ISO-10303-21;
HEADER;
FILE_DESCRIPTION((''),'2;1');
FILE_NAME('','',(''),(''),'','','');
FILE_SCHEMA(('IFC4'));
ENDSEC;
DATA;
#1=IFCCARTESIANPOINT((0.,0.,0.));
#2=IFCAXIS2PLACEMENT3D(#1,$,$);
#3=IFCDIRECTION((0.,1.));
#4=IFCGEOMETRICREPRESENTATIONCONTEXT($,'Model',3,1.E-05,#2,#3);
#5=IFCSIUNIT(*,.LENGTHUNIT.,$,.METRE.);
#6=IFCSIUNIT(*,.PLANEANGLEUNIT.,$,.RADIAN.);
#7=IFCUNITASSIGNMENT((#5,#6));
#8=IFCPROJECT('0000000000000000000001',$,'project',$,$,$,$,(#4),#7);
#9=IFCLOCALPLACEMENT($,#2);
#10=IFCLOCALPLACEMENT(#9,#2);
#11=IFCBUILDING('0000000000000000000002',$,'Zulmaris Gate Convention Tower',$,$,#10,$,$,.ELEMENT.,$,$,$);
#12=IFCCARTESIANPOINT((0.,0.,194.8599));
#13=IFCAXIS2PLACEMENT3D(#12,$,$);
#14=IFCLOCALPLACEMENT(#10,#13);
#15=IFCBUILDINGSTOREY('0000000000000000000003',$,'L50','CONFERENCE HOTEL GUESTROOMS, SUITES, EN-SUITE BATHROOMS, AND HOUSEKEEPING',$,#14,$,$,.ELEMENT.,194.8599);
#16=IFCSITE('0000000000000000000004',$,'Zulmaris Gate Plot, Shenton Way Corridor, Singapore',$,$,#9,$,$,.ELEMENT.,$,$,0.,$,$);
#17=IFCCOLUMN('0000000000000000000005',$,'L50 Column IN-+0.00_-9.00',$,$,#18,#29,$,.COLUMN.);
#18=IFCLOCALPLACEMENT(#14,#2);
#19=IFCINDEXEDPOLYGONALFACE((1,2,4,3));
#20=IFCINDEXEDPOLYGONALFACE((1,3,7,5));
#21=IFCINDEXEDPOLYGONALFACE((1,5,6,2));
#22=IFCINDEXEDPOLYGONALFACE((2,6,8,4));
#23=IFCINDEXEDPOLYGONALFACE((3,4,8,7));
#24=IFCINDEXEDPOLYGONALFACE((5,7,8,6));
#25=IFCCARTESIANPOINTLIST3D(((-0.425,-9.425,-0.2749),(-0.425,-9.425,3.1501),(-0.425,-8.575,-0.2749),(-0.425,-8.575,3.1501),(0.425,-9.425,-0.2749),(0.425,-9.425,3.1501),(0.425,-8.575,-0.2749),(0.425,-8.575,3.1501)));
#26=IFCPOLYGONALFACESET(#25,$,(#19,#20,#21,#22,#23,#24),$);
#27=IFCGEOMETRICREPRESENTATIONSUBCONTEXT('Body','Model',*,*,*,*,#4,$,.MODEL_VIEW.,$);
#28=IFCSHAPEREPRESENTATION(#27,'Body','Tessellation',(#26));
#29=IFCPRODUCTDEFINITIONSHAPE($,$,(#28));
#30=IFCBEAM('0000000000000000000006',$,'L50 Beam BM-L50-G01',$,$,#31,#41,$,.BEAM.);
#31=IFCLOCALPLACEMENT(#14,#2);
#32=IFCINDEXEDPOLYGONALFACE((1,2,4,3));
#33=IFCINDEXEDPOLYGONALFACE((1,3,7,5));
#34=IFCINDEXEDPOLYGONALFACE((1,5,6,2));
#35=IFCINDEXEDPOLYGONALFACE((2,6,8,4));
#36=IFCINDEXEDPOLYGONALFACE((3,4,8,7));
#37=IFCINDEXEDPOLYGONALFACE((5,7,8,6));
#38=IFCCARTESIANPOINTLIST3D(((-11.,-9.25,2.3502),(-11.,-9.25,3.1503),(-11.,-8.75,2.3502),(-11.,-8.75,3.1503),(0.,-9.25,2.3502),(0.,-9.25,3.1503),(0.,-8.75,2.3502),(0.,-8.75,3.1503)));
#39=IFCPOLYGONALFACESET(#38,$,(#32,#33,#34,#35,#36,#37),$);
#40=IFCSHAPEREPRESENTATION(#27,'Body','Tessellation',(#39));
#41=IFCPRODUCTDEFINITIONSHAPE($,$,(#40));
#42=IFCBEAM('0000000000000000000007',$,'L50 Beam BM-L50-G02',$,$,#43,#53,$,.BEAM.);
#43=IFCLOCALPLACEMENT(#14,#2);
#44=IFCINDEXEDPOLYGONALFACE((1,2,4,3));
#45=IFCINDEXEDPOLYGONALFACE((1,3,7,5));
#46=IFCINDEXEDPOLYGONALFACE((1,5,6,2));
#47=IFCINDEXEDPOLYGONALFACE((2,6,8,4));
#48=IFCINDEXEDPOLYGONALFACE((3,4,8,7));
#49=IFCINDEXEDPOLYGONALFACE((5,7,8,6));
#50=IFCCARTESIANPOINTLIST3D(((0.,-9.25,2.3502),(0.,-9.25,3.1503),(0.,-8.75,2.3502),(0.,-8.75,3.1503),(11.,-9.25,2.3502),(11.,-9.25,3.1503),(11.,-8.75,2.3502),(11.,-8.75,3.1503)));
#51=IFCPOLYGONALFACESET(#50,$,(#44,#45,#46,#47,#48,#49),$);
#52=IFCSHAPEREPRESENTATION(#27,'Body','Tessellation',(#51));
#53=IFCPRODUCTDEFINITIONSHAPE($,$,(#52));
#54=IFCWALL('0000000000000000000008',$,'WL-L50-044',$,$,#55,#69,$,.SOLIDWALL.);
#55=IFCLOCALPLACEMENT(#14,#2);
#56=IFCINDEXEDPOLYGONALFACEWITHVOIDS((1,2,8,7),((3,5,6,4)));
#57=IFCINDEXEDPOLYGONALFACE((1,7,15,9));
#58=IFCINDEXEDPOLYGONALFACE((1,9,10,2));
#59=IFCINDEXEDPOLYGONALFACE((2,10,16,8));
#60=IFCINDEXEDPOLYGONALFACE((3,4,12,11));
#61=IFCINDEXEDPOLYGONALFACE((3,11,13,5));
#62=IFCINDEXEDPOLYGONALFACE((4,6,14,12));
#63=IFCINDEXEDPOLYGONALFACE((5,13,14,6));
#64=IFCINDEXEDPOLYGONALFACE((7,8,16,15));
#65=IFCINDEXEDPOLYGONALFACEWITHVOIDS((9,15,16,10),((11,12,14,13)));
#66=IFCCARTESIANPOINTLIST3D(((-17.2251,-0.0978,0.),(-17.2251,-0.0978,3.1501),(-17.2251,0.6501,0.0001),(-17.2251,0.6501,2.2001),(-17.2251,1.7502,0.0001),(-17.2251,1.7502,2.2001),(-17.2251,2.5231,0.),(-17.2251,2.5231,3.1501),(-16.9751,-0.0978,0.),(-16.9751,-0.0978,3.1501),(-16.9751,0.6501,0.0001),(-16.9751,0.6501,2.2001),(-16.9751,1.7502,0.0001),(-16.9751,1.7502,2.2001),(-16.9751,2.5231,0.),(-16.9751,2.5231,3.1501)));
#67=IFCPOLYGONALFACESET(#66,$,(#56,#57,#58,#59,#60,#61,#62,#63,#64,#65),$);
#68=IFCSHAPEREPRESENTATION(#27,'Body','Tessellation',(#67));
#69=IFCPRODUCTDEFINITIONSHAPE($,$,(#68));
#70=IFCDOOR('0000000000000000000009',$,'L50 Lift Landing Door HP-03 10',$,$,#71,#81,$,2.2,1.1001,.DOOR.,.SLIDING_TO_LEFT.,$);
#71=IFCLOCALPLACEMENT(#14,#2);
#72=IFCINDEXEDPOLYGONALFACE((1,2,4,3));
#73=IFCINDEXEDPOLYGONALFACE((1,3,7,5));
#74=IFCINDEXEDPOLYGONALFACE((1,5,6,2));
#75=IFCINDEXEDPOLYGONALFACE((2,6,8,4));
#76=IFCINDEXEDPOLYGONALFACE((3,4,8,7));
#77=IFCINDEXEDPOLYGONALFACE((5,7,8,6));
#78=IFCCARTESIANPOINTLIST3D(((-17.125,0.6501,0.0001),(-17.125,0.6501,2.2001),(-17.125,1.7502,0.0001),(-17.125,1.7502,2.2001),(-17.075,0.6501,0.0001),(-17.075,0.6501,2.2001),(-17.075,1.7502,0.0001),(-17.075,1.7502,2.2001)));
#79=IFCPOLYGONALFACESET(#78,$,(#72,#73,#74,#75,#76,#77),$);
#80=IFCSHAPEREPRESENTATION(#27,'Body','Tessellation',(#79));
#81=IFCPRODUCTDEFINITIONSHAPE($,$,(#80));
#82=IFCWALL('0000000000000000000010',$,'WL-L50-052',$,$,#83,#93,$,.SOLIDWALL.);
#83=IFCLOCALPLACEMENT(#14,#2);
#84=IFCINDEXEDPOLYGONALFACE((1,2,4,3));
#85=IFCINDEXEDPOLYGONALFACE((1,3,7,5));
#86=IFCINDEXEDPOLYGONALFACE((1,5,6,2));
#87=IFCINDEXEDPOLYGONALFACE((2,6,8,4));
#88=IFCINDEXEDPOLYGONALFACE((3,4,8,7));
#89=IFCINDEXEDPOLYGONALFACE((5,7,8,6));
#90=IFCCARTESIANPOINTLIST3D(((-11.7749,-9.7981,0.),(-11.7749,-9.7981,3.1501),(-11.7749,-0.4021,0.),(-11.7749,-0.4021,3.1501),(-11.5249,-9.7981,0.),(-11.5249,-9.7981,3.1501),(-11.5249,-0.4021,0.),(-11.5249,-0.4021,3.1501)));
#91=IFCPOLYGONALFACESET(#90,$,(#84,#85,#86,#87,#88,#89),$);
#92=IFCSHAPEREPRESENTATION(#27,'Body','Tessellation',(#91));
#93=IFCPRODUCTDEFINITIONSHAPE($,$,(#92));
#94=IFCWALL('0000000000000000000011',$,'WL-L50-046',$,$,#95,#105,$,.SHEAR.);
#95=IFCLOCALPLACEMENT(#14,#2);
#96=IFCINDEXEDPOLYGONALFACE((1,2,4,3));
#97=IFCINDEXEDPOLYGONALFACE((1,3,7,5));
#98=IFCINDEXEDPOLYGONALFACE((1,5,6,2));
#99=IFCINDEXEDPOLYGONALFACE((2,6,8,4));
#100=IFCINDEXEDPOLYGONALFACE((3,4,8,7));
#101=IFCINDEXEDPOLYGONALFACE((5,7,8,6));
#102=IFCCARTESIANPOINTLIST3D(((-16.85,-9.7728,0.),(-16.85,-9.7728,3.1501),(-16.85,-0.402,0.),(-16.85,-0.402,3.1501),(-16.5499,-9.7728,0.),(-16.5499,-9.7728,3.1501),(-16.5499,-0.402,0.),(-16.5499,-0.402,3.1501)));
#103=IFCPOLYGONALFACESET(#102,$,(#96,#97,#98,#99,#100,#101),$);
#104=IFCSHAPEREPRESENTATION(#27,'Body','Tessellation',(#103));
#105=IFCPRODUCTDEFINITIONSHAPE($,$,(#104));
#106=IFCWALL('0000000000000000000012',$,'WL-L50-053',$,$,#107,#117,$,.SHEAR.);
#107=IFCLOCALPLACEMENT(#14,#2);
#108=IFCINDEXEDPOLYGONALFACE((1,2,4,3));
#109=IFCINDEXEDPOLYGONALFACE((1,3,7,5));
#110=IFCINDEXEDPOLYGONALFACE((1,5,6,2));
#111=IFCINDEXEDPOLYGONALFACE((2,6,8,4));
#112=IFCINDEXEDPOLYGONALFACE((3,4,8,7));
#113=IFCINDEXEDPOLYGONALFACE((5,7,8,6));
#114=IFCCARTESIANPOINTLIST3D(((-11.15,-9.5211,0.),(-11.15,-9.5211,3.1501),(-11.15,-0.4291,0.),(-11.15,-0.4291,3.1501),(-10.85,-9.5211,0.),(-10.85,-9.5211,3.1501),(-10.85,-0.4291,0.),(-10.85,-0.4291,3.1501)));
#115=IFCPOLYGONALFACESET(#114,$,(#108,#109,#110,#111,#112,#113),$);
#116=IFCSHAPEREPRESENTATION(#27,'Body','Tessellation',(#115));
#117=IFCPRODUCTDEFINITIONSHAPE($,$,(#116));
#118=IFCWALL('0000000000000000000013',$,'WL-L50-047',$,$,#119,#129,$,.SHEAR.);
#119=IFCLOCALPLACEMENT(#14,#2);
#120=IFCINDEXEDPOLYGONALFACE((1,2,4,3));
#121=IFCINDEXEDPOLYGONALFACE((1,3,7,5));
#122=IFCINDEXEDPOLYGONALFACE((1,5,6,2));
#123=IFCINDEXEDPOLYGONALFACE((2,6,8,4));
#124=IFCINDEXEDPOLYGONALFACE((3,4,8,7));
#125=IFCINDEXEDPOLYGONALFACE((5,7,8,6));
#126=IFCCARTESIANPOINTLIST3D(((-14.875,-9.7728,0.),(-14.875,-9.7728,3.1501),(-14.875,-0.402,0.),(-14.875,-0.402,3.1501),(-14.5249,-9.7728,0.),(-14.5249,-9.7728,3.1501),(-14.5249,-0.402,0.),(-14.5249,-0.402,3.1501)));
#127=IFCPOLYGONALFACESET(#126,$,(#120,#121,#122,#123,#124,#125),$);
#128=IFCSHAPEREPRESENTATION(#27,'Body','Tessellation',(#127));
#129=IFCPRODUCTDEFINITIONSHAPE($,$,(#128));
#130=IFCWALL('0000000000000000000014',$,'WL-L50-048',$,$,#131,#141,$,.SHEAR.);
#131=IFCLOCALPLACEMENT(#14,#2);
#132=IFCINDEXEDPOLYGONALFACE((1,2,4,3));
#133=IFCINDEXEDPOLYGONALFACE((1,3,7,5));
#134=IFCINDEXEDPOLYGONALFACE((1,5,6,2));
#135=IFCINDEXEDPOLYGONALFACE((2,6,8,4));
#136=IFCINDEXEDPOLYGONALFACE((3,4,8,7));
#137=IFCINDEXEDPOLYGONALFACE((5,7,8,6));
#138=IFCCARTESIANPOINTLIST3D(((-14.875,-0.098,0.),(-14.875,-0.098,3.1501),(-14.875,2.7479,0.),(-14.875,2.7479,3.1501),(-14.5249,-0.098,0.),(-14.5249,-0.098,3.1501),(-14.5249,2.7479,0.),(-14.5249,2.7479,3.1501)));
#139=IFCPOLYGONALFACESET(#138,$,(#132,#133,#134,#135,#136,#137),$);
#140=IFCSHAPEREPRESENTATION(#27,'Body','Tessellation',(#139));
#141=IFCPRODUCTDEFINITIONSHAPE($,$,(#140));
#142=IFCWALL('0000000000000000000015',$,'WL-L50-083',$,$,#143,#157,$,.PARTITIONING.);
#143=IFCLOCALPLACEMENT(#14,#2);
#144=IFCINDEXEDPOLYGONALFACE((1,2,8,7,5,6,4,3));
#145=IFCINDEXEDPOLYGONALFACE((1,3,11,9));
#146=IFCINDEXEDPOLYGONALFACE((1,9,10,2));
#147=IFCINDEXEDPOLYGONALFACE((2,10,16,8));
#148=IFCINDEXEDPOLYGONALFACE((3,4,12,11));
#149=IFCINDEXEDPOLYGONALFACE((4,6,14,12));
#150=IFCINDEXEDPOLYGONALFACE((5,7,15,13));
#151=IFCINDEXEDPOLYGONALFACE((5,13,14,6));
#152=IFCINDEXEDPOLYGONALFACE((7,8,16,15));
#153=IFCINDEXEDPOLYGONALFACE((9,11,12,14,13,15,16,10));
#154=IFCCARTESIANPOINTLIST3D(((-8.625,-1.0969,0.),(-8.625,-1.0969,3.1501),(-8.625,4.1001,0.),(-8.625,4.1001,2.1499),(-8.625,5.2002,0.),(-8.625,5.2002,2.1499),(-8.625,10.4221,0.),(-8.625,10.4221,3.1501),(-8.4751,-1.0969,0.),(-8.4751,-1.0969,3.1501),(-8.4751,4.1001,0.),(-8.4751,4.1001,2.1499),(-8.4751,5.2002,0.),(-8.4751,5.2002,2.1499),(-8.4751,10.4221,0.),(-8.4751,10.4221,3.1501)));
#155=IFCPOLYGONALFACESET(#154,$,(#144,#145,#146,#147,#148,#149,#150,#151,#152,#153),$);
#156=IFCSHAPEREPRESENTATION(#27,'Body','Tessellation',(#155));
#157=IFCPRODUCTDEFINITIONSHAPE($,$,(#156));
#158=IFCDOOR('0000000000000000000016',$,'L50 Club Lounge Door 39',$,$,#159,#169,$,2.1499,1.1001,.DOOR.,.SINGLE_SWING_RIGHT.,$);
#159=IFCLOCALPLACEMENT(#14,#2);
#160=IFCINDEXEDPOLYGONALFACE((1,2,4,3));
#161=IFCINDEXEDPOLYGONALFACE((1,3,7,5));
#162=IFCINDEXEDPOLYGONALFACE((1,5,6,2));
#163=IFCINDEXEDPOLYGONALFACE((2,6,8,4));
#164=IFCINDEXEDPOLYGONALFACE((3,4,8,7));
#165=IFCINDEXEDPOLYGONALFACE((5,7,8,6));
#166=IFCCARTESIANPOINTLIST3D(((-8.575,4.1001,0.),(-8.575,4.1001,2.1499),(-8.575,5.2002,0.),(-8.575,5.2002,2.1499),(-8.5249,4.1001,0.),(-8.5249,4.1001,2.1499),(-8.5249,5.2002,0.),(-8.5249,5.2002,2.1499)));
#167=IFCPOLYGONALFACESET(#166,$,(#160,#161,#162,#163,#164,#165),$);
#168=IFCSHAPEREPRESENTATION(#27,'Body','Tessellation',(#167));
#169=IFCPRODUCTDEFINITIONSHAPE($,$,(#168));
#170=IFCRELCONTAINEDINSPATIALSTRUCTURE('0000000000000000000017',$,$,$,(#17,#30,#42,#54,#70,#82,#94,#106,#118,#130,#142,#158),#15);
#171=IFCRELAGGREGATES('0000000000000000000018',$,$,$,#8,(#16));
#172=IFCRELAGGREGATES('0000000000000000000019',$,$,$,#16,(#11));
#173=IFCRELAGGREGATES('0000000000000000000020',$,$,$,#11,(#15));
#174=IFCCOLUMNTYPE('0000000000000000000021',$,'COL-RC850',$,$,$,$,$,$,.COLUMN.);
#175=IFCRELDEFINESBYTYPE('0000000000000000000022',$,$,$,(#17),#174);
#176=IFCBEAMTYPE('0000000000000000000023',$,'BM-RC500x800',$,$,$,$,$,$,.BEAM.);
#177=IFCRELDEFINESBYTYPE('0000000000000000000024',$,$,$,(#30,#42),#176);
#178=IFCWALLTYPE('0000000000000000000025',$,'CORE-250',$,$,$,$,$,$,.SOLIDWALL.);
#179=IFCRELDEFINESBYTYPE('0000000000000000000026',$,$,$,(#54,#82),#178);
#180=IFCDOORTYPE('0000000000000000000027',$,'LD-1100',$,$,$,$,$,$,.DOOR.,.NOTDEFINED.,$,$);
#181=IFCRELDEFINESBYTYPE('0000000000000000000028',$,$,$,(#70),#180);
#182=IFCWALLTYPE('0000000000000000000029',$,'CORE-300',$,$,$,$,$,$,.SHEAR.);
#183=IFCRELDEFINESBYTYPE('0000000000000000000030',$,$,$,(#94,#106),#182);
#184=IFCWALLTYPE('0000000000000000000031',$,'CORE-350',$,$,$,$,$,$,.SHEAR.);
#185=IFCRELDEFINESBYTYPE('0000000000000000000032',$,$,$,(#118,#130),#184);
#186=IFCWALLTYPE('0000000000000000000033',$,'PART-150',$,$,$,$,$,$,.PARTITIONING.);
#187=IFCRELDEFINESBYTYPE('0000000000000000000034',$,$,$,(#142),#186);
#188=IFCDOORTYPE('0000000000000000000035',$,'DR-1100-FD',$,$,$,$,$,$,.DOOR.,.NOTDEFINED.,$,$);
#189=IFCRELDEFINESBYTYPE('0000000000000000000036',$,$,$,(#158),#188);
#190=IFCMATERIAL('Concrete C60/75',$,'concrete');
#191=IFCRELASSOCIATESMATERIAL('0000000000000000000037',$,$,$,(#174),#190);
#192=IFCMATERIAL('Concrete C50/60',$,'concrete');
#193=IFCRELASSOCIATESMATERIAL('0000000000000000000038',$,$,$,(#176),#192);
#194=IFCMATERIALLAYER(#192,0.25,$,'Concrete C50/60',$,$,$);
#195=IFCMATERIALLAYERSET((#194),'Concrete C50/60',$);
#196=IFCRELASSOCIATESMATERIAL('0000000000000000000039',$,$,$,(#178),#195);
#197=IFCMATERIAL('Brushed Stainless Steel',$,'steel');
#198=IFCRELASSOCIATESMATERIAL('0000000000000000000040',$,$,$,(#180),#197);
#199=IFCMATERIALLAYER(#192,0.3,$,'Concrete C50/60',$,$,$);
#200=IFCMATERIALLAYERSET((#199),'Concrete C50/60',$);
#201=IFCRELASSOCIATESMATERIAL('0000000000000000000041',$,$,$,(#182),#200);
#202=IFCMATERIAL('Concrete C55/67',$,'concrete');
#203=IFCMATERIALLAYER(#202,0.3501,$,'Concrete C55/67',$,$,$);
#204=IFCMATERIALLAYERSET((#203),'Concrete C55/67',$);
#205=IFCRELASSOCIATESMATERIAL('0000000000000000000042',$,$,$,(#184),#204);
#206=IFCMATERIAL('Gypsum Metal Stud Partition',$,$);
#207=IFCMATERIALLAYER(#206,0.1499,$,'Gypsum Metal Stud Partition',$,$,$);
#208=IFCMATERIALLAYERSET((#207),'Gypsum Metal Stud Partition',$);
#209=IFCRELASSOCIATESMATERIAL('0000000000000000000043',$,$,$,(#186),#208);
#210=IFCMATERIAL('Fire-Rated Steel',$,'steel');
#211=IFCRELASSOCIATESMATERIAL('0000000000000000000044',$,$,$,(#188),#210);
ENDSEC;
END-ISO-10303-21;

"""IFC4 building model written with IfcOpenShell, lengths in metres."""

from ifc_helpers import new_model, si_unit, direction, frame, frame_2d, origin, origin_2d, place, context, subcontext, project, spatial, rectangle, extrude, material, layer, layer_set, material_profile, profile_set, type_object, element, fill, save


model = new_model("IFC4")

# Units and contexts
model_context = context("Model", 3, precision=1e-05, world=origin(), true_north=direction((0.0, 1.0)))
body_context = subcontext(model_context, "Body", "Model", "MODEL_VIEW")
ifc_project = project(units=[si_unit("LENGTHUNIT", "METRE"), si_unit("PLANEANGLEUNIT", "RADIAN")], contexts=[model_context])

# Site, building, storey
site_placement = place(None, origin())
site = spatial("IfcSite", under=ifc_project, at=site_placement, Name="Zulmaris Gate Plot, Shenton Way Corridor, Singapore", CompositionType="ELEMENT", RefElevation=0.0)
building_placement = place(site_placement, origin())
building = spatial("IfcBuilding", under=site, at=building_placement, Name="Zulmaris Gate Convention Tower", CompositionType="ELEMENT")
storey_placement = place(building_placement, frame((0.0, 0.0, 194.8599)))
storey = spatial("IfcBuildingStorey", under=building, at=storey_placement, Name="L50", Description="CONFERENCE HOTEL GUESTROOMS, SUITES, EN-SUITE BATHROOMS, AND HOUSEKEEPING", CompositionType="ELEMENT", Elevation=194.8599)

# Column
ifc_material_1 = material(Name="Concrete C60/75", Category="concrete")
ifc_material_profile_1 = material_profile(ifc_material_1, rectangle(XDim=0.8501, YDim=0.8501, at=origin_2d()), Name="RC COL 850x850")
ifc_profile_set_1 = profile_set([ifc_material_profile_1], Name="Concrete C60/75")
column_type = type_object("IfcColumnType", Name="COL-RC850", PredefinedType="COLUMN", material=ifc_profile_set_1)
column_placement = place(storey_placement, frame((0.0, -9.0, -0.2749), z_axis=(0.0, 0.0, 1.0), x_axis=(1.0, 0.0, 0.0)))
element("IfcColumn", 1, at=column_placement, inside=storey, type_object=column_type, Name="L50 Column IN-+0.00_-9.00", PredefinedType="COLUMN", context=body_context, shape_type="SweptSolid", body=[
    extrude(rectangle(XDim=0.8501, YDim=0.8501, at=origin_2d()), origin(), (0.0, 0.0, 1.0), 3.425),
])

# Beams
ifc_material_2 = material(Name="Concrete C50/60", Category="concrete")
ifc_material_profile_2 = material_profile(ifc_material_2, rectangle(XDim=0.5, YDim=0.8, at=origin_2d()), Name="RC BEAM 500x800")
ifc_profile_set_2 = profile_set([ifc_material_profile_2], Name="Concrete C50/60")
beam_type = type_object("IfcBeamType", Name="BM-RC500x800", PredefinedType="BEAM", material=ifc_profile_set_2)
for number, where, z_axis, x_axis, name in (
    (2, (-11.0, -9.0, 2.7502), (1.0, 0.0, 0.0), (0.0, 1.0, 0.0), "L50 Beam BM-L50-G01"),
    (3, (0.0, -9.0, 2.7502), (1.0, 0.0, 0.0), (0.0, 1.0, 0.0), "L50 Beam BM-L50-G02"),
):
    element("IfcBeam", number, at=place(storey_placement, frame(where, z_axis=z_axis, x_axis=x_axis)), inside=storey, type_object=beam_type, Name=name, PredefinedType="BEAM", context=body_context, shape_type="SweptSolid", body=[
        extrude(rectangle(XDim=0.5, YDim=0.8, at=origin_2d()), origin(), (0.0, 0.0, 1.0), 11.0),
    ])

# Wall, opening, door
ifc_layer_1 = layer(ifc_material_2, 0.25, Name="Concrete C50/60")
ifc_layer_set_1 = layer_set([ifc_layer_1], Name="Concrete C50/60")
wall_type_1 = type_object("IfcWallType", Name="CORE-250", PredefinedType="SOLIDWALL", material=ifc_layer_set_1)
wall_1_placement = place(storey_placement, frame((-17.1001, -0.0979, 0.0), z_axis=(0.0, 0.0, 1.0), x_axis=(0.0, 1.0, 0.0)))
wall_1 = element("IfcWall", 4, at=wall_1_placement, inside=storey, type_object=wall_type_1, Name="WL-L50-044", PredefinedType="SOLIDWALL", context=body_context, shape_type="SweptSolid", body=[
    extrude(rectangle(XDim=2.6208, YDim=0.25, at=frame_2d((1.3105, 0.0))), origin(), (0.0, 0.0, 1.0), 3.1501),
])
opening_1_placement = place(wall_1_placement, frame((0.748, 0.0, 0.0)))
opening_1 = element("IfcOpeningElement", 5, at=opening_1_placement, cuts=wall_1, PredefinedType="OPENING", context=body_context, shape_type="SweptSolid", body=[
    extrude(rectangle(XDim=1.1001, YDim=2.2, at=frame_2d((0.55, 1.1001))), frame((0.0, 0.135, 0.0), z_axis=(0.0, -1.0, 0.0), x_axis=(1.0, 0.0, 0.0)), (0.0, 0.0, 1.0), 0.27),
])
ifc_material_3 = material(Name="Brushed Stainless Steel", Category="steel")
door_type_1 = type_object("IfcDoorType", Name="LD-1100", OperationType="NOTDEFINED", PredefinedType="DOOR", material=ifc_material_3)
door_1_placement = place(opening_1_placement, origin())
door_1 = element("IfcDoor", 6, at=door_1_placement, inside=storey, type_object=door_type_1, Name="L50 Lift Landing Door HP-03 10", OperationType="SLIDING_TO_LEFT", OverallHeight=2.2, OverallWidth=1.1001, PredefinedType="DOOR", context=body_context, shape_type="SweptSolid", body=[
    extrude(rectangle(XDim=1.1001, YDim=2.2, at=frame_2d((0.55, 1.1001))), frame((0.0, 0.0249, 0.0), z_axis=(0.0, -1.0, 0.0), x_axis=(1.0, 0.0, 0.0)), (0.0, 0.0, 1.0), 0.05),
])
fill(opening_1, door_1)

# Walls
wall_2_placement = place(storey_placement, frame((-11.6499, -9.7981, 0.0), z_axis=(0.0, 0.0, 1.0), x_axis=(0.0, 1.0, 0.0)))
element("IfcWall", 7, at=wall_2_placement, inside=storey, type_object=wall_type_1, Name="WL-L50-052", PredefinedType="SOLIDWALL", context=body_context, shape_type="SweptSolid", body=[
    extrude(rectangle(XDim=9.396, YDim=0.25, at=frame_2d((4.698, 0.0))), origin(), (0.0, 0.0, 1.0), 3.1501),
])
ifc_layer_2 = layer(ifc_material_2, 0.3, Name="Concrete C50/60")
ifc_layer_set_2 = layer_set([ifc_layer_2], Name="Concrete C50/60")
wall_type_2 = type_object("IfcWallType", Name="CORE-300", PredefinedType="SHEAR", material=ifc_layer_set_2)
wall_3_placement = place(storey_placement, frame((-16.7, -9.7729, 0.0), z_axis=(0.0, 0.0, 1.0), x_axis=(0.0, 1.0, 0.0)))
element("IfcWall", 8, at=wall_3_placement, inside=storey, type_object=wall_type_2, Name="WL-L50-046", PredefinedType="SHEAR", context=body_context, shape_type="SweptSolid", body=[
    extrude(rectangle(XDim=9.3708, YDim=0.3, at=frame_2d((4.6855, 0.0))), origin(), (0.0, 0.0, 1.0), 3.1501),
])
wall_4_placement = place(storey_placement, frame((-11.0, -9.521, 0.0), z_axis=(0.0, 0.0, 1.0), x_axis=(0.0, 1.0, 0.0)))
element("IfcWall", 9, at=wall_4_placement, inside=storey, type_object=wall_type_2, Name="WL-L50-053", PredefinedType="SHEAR", context=body_context, shape_type="SweptSolid", body=[
    extrude(rectangle(XDim=9.092, YDim=0.3, at=frame_2d((4.5459, 0.0))), origin(), (0.0, 0.0, 1.0), 3.1501),
])
ifc_material_4 = material(Name="Concrete C55/67", Category="concrete")
ifc_layer_3 = layer(ifc_material_4, 0.3501, Name="Concrete C55/67")
ifc_layer_set_3 = layer_set([ifc_layer_3], Name="Concrete C55/67")
wall_type_3 = type_object("IfcWallType", Name="CORE-350", PredefinedType="SHEAR", material=ifc_layer_set_3)
wall_5_placement = place(storey_placement, frame((-14.7, -9.7729, 0.0), z_axis=(0.0, 0.0, 1.0), x_axis=(0.0, 1.0, 0.0)))
element("IfcWall", 10, at=wall_5_placement, inside=storey, type_object=wall_type_3, Name="WL-L50-047", PredefinedType="SHEAR", context=body_context, shape_type="SweptSolid", body=[
    extrude(rectangle(XDim=9.3708, YDim=0.3501, at=frame_2d((4.6855, 0.0))), origin(), (0.0, 0.0, 1.0), 3.1501),
])
wall_6_placement = place(storey_placement, frame((-14.7, -0.0979, 0.0), z_axis=(0.0, 0.0, 1.0), x_axis=(0.0, 1.0, 0.0)))
element("IfcWall", 11, at=wall_6_placement, inside=storey, type_object=wall_type_3, Name="WL-L50-048", PredefinedType="SHEAR", context=body_context, shape_type="SweptSolid", body=[
    extrude(rectangle(XDim=2.8459, YDim=0.3501, at=frame_2d((1.4229, 0.0))), origin(), (0.0, 0.0, 1.0), 3.1501),
])

# Wall, opening, door
ifc_material_5 = material(Name="Gypsum Metal Stud Partition")
ifc_layer_4 = layer(ifc_material_5, 0.1499, Name="Gypsum Metal Stud Partition")
ifc_layer_set_4 = layer_set([ifc_layer_4], Name="Gypsum Metal Stud Partition")
wall_type_4 = type_object("IfcWallType", Name="PART-150", PredefinedType="PARTITIONING", material=ifc_layer_set_4)
wall_7_placement = place(storey_placement, frame((-8.55, -1.0969, 0.0), z_axis=(0.0, 0.0, 1.0), x_axis=(0.0, 1.0, 0.0)))
wall_7 = element("IfcWall", 12, at=wall_7_placement, inside=storey, type_object=wall_type_4, Name="WL-L50-083", PredefinedType="PARTITIONING", context=body_context, shape_type="SweptSolid", body=[
    extrude(rectangle(XDim=11.519, YDim=0.1499, at=frame_2d((5.7595, 0.0))), origin(), (0.0, 0.0, 1.0), 3.1501),
])
opening_2_placement = place(wall_7_placement, frame((5.197, 0.0, 0.0)))
opening_2 = element("IfcOpeningElement", 13, at=opening_2_placement, cuts=wall_7, PredefinedType="OPENING", context=body_context, shape_type="SweptSolid", body=[
    extrude(rectangle(XDim=1.1001, YDim=2.1499, at=frame_2d((0.55, 1.075))), frame((0.0, 0.085, 0.0), z_axis=(0.0, -1.0, 0.0), x_axis=(1.0, 0.0, 0.0)), (0.0, 0.0, 1.0), 0.1699),
])
ifc_material_6 = material(Name="Fire-Rated Steel", Category="steel")
door_type_2 = type_object("IfcDoorType", Name="DR-1100-FD", OperationType="NOTDEFINED", PredefinedType="DOOR", material=ifc_material_6)
door_2_placement = place(opening_2_placement, origin())
door_2 = element("IfcDoor", 14, at=door_2_placement, inside=storey, type_object=door_type_2, Name="L50 Club Lounge Door 39", OperationType="SINGLE_SWING_RIGHT", OverallHeight=2.1499, OverallWidth=1.1001, PredefinedType="DOOR", context=body_context, shape_type="SweptSolid", body=[
    extrude(rectangle(XDim=1.1001, YDim=2.1499, at=frame_2d((0.55, 1.075))), frame((0.0, 0.0249, 0.0), z_axis=(0.0, -1.0, 0.0), x_axis=(1.0, 0.0, 0.0)), (0.0, 0.0, 1.0), 0.05),
])
fill(opening_2, door_2)

save(model, "model.ifc")
